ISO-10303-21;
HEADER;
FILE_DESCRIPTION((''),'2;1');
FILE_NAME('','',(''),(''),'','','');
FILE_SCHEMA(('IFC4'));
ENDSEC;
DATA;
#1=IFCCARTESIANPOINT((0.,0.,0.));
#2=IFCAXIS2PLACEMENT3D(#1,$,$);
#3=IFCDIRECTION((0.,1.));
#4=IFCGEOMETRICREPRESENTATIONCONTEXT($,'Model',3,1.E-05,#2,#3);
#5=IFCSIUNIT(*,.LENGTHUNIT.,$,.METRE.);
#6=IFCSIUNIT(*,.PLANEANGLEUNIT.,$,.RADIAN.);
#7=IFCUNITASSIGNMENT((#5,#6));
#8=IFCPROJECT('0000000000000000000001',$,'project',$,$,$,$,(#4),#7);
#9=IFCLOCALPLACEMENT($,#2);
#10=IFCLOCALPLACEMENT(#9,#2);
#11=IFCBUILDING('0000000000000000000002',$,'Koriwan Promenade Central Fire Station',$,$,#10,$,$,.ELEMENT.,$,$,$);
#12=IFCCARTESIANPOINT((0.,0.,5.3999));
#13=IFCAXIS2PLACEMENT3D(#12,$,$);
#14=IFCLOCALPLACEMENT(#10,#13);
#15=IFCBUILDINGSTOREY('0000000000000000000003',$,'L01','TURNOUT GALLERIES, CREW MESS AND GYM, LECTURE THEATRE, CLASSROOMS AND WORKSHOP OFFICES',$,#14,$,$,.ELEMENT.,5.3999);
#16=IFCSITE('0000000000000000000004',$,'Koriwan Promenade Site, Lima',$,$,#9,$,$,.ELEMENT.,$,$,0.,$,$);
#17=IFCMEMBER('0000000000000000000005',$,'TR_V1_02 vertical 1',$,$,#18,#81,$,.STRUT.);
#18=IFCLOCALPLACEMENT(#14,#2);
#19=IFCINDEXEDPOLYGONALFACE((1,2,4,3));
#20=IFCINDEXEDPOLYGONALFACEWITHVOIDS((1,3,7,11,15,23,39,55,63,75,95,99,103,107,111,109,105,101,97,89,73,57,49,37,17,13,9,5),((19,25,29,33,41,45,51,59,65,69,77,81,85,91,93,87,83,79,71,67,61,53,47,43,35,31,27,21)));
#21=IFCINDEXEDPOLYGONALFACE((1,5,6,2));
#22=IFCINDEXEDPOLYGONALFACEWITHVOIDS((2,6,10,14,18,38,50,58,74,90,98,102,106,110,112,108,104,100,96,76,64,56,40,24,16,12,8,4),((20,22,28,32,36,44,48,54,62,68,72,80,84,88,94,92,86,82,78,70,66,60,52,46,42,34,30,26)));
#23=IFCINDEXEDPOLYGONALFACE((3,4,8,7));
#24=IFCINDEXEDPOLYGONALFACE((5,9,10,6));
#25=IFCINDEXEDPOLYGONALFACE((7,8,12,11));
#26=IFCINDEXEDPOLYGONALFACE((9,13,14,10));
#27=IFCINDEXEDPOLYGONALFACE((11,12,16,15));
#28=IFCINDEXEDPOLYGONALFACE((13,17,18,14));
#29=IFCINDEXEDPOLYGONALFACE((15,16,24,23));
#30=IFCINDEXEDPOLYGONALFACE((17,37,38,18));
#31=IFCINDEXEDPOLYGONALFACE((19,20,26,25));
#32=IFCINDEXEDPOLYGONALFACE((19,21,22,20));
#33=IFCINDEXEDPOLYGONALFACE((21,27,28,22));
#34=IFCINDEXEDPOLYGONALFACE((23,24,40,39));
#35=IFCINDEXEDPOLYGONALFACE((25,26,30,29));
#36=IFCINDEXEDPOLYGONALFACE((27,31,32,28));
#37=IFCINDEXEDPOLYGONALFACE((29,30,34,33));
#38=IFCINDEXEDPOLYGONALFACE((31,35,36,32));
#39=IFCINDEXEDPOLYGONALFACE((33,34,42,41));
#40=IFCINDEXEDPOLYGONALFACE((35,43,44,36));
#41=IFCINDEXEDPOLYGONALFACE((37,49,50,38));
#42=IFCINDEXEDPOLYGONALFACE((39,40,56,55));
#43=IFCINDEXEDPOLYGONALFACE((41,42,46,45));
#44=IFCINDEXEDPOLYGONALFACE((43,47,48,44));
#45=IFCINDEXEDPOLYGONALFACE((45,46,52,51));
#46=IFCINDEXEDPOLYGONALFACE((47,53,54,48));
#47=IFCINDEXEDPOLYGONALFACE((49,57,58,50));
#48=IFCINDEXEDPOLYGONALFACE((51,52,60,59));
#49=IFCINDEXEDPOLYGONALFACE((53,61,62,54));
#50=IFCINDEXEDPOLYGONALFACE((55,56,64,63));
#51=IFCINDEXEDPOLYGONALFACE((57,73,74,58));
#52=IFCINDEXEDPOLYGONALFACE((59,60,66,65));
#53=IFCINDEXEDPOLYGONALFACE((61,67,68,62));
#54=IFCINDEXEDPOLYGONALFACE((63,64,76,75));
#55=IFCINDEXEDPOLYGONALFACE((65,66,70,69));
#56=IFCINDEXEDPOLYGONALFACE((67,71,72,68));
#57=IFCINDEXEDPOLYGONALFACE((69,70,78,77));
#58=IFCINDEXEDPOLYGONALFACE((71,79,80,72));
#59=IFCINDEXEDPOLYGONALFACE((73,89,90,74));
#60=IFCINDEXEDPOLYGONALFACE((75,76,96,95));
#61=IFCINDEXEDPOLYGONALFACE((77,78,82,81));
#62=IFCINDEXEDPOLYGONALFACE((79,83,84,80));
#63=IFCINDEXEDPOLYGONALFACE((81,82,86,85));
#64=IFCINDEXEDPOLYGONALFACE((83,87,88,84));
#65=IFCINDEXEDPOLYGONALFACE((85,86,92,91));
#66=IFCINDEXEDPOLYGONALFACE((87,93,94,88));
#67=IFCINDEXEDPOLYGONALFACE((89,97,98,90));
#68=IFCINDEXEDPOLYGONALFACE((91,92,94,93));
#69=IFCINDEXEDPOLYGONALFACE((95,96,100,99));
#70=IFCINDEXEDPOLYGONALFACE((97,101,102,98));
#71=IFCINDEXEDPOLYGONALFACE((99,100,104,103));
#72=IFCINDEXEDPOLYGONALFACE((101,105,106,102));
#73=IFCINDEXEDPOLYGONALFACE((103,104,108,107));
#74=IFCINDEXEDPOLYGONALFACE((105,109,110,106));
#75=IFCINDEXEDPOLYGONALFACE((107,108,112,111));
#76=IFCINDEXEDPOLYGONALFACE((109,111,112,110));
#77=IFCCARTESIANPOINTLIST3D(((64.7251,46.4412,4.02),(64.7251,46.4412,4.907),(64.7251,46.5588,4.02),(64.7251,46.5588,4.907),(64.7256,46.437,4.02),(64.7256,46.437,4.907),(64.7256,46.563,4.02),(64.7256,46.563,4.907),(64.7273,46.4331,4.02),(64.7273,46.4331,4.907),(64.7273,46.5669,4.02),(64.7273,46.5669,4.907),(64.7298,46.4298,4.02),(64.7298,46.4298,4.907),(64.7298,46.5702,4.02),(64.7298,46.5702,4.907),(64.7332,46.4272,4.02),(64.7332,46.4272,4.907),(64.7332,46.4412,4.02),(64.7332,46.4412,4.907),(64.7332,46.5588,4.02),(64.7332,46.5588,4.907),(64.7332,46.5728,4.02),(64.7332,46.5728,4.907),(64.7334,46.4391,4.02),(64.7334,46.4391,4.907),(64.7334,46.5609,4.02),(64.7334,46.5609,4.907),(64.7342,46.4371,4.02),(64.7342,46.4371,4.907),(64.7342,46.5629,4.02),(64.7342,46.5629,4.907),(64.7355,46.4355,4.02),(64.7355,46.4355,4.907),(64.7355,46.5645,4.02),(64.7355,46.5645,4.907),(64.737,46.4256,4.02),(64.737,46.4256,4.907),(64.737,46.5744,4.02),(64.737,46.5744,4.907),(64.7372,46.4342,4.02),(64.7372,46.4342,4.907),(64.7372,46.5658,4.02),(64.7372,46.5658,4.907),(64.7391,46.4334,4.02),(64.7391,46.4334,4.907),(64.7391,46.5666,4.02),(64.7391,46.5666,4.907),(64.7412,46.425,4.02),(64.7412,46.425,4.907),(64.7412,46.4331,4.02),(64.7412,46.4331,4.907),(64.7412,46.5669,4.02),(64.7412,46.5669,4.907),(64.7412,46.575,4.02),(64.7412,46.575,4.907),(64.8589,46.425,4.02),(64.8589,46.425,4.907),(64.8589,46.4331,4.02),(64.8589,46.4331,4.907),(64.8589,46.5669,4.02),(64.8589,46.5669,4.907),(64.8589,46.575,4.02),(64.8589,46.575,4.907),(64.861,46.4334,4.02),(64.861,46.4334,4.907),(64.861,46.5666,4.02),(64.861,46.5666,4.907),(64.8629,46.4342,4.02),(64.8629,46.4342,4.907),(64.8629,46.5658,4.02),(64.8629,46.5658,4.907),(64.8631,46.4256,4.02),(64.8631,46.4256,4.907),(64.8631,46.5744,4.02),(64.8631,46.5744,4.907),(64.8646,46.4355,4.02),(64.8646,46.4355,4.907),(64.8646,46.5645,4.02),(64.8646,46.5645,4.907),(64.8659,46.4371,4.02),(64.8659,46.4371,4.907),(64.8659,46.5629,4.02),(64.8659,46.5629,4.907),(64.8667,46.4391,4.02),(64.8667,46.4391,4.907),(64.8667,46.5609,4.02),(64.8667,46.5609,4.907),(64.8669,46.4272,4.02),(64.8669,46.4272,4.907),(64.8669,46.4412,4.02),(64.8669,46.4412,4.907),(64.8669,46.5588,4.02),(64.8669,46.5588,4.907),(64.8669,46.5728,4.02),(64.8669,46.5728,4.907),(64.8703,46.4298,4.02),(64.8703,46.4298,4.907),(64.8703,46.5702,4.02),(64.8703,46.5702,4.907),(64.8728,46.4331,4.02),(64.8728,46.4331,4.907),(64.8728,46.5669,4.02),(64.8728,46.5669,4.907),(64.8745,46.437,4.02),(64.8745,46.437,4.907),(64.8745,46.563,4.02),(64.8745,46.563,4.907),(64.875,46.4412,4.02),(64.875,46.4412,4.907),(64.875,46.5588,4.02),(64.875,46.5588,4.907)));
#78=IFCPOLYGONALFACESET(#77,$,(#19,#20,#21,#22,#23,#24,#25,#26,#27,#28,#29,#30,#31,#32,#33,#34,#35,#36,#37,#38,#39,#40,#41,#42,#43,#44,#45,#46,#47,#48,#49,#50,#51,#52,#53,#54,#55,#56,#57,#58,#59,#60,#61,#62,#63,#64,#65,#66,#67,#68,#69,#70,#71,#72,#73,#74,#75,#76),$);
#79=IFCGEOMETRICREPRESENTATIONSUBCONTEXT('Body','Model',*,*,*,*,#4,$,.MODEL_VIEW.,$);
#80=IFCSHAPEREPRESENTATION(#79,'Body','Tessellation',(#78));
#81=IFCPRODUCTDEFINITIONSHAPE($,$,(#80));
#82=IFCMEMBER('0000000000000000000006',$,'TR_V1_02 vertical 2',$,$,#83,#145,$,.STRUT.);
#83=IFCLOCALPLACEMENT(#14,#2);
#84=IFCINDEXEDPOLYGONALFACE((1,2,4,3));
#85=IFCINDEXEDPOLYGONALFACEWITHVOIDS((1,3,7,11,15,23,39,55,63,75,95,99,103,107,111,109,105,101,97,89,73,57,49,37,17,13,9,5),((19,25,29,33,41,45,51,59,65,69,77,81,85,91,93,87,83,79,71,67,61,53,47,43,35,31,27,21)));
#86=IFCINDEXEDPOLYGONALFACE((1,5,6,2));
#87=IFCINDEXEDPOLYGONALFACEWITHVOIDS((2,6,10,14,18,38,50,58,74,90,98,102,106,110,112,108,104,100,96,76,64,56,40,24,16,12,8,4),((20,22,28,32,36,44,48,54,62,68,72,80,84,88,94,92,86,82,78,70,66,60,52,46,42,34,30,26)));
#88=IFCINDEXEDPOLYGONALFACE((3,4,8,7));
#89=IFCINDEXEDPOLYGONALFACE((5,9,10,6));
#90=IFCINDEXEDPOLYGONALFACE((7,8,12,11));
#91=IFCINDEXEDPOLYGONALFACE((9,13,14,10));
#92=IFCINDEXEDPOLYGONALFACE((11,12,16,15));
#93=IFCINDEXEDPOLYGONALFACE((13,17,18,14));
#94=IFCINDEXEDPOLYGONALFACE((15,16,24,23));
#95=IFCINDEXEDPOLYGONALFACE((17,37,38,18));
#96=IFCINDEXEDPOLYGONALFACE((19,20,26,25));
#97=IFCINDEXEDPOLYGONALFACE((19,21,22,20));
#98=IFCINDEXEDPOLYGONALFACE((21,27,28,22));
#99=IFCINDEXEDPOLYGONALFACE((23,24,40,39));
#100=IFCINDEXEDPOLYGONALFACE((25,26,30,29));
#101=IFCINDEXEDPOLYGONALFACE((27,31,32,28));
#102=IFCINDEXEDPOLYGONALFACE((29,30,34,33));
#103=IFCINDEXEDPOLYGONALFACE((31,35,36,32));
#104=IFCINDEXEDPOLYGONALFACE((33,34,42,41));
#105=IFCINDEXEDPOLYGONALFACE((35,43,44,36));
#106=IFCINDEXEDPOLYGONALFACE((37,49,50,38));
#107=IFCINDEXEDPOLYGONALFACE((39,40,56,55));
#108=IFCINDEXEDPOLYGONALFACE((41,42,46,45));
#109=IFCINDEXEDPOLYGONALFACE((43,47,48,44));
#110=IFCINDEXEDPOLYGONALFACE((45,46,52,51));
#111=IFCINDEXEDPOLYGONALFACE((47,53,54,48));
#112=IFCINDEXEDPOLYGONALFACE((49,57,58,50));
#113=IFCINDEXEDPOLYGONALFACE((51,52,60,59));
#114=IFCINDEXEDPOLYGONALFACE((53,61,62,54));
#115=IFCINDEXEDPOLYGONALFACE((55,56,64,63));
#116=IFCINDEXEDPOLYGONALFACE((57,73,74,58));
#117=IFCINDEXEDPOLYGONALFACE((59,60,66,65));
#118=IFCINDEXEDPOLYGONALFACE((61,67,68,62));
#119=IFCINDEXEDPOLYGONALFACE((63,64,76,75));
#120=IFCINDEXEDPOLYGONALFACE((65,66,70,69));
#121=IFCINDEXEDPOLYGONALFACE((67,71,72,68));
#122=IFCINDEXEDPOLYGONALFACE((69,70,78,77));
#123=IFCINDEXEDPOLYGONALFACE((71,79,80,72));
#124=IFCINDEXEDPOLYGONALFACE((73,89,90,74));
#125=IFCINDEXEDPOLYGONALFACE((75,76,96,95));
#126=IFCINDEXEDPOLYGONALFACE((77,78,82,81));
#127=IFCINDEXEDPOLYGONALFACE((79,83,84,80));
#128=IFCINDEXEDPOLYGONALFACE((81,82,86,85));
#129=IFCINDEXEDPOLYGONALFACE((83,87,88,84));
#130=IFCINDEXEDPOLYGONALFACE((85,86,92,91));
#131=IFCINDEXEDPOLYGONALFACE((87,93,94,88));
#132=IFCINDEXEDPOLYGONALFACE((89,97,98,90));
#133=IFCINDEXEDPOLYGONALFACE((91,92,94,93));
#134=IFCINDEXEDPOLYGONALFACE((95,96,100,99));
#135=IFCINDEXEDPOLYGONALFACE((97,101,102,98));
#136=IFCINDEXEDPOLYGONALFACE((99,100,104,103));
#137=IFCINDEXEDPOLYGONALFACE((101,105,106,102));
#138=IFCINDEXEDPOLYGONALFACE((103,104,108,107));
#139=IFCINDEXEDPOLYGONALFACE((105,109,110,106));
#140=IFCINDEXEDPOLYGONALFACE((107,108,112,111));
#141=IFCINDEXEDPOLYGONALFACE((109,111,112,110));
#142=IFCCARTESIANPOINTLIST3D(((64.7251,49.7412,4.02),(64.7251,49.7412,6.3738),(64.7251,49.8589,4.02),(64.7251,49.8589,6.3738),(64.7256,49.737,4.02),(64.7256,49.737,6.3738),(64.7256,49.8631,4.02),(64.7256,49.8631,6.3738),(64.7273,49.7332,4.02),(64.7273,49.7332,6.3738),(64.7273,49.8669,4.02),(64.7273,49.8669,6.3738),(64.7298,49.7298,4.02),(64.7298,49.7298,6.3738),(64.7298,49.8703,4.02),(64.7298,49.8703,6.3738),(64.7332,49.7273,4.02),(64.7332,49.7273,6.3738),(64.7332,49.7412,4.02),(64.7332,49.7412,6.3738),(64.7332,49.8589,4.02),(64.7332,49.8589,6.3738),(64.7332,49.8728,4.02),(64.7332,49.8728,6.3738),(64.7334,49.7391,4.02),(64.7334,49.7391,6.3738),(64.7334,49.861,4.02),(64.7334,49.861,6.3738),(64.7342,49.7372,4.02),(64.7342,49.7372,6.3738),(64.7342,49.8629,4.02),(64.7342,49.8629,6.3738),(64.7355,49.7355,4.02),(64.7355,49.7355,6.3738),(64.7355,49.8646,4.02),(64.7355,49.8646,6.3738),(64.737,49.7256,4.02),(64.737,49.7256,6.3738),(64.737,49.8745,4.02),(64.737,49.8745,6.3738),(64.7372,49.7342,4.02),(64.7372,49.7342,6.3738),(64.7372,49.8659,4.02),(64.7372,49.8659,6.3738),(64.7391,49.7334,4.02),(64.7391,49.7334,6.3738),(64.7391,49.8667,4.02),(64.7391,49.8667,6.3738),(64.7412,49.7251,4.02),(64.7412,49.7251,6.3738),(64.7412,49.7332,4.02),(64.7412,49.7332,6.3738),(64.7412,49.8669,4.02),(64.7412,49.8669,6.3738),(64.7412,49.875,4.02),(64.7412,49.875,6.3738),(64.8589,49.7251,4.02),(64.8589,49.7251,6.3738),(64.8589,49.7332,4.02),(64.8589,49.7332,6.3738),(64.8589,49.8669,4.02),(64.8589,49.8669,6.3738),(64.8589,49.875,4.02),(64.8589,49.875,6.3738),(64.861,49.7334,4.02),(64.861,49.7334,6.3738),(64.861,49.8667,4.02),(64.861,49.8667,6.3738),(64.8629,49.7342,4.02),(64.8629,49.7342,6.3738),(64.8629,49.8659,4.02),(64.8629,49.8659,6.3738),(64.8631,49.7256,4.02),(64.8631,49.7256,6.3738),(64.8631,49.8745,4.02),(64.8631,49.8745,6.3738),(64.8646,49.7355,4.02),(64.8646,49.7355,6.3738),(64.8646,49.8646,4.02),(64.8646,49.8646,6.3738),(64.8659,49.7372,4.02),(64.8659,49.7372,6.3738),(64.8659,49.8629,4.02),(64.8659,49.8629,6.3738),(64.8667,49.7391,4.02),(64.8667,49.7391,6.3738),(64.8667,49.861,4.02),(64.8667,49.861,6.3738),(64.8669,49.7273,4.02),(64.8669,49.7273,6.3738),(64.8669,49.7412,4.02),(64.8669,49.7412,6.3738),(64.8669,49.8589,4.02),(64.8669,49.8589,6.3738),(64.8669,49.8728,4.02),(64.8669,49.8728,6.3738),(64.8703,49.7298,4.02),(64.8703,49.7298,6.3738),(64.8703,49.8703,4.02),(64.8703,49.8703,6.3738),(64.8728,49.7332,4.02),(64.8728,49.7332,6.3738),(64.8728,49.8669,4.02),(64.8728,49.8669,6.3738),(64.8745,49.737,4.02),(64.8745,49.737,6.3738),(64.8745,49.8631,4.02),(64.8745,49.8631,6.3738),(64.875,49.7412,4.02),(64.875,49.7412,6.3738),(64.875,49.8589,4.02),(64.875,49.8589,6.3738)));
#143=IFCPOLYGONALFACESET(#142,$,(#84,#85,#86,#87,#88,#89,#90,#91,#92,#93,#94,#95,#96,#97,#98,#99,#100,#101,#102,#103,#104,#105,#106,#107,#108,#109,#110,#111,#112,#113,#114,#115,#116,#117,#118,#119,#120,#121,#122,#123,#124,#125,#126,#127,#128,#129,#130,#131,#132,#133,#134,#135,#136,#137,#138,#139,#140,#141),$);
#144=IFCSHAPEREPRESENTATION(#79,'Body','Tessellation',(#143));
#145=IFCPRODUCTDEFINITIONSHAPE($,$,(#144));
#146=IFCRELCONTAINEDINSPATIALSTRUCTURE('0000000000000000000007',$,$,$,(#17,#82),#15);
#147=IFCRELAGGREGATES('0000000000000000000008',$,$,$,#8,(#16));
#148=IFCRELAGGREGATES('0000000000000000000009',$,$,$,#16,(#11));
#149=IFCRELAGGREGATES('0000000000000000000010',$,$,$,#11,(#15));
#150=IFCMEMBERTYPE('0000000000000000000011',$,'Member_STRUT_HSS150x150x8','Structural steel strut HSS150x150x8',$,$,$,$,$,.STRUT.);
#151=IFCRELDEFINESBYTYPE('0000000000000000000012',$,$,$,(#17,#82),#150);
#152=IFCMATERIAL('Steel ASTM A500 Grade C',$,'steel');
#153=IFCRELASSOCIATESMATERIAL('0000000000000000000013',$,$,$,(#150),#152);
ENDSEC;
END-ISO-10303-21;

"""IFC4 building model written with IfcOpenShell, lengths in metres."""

from ifc_helpers import new_model, si_unit, direction, frame, origin, origin_2d, place, context, subcontext, project, spatial, hollow_rectangle, extrude, material, material_profile, profile_set, type_object, element, save


model = new_model("IFC4")

# Units and contexts
model_context = context("Model", 3, precision=1e-05, world=origin(), true_north=direction((0.0, 1.0)))
body_context = subcontext(model_context, "Body", "Model", "MODEL_VIEW")
ifc_project = project(units=[si_unit("LENGTHUNIT", "METRE"), si_unit("PLANEANGLEUNIT", "RADIAN")], contexts=[model_context])

# Site, building, storey
site_placement = place(None, origin())
site = spatial("IfcSite", under=ifc_project, at=site_placement, Name="Koriwan Promenade Site, Lima", CompositionType="ELEMENT", RefElevation=0.0)
building_placement = place(site_placement, origin())
building = spatial("IfcBuilding", under=site, at=building_placement, Name="Koriwan Promenade Central Fire Station", CompositionType="ELEMENT")
storey_placement = place(building_placement, frame((0.0, 0.0, 5.3999)))
storey = spatial("IfcBuildingStorey", under=building, at=storey_placement, Name="L01", Description="TURNOUT GALLERIES, CREW MESS AND GYM, LECTURE THEATRE, CLASSROOMS AND WORKSHOP OFFICES", CompositionType="ELEMENT", Elevation=5.3999)

# Members
ifc_material_1 = material(Name="Steel ASTM A500 Grade C", Category="steel")
ifc_material_profile_1 = material_profile(ifc_material_1, hollow_rectangle(XDim=0.1499, YDim=0.1499, WallThickness=0.0081, InnerFilletRadius=0.0081, OuterFilletRadius=0.0161, at=origin_2d()), Name="HSS150x150x8")
ifc_profile_set_1 = profile_set([ifc_material_profile_1], Name="Steel ASTM A500 Grade C")
member_type_1 = type_object("IfcMemberType", Name="Member_STRUT_HSS150x150x8", Description="Structural steel strut HSS150x150x8", PredefinedType="STRUT", material=ifc_profile_set_1)
member_1_placement = place(storey_placement, frame((64.8, 46.5, 4.02), z_axis=(0.0, 0.0, 1.0), x_axis=(1.0, 0.0, 0.0)))
element("IfcMember", 1, at=member_1_placement, inside=storey, type_object=member_type_1, Name="TR_V1_02 vertical 1", PredefinedType="STRUT", context=body_context, shape_type="SweptSolid", body=[
    extrude(hollow_rectangle(XDim=0.1499, YDim=0.1499, WallThickness=0.0081, InnerFilletRadius=0.0081, OuterFilletRadius=0.0161, at=origin_2d()), origin(), (0.0, 0.0, 1.0), 0.887),
])
member_2_placement = place(storey_placement, frame((64.8, 49.8, 4.02), z_axis=(0.0, 0.0, 1.0), x_axis=(1.0, 0.0, 0.0)))
element("IfcMember", 2, at=member_2_placement, inside=storey, type_object=member_type_1, Name="TR_V1_02 vertical 2", PredefinedType="STRUT", context=body_context, shape_type="SweptSolid", body=[
    extrude(hollow_rectangle(XDim=0.1499, YDim=0.1499, WallThickness=0.0081, InnerFilletRadius=0.0081, OuterFilletRadius=0.0161, at=origin_2d()), origin(), (0.0, 0.0, 1.0), 2.3538),
])

save(model, "model.ifc")
